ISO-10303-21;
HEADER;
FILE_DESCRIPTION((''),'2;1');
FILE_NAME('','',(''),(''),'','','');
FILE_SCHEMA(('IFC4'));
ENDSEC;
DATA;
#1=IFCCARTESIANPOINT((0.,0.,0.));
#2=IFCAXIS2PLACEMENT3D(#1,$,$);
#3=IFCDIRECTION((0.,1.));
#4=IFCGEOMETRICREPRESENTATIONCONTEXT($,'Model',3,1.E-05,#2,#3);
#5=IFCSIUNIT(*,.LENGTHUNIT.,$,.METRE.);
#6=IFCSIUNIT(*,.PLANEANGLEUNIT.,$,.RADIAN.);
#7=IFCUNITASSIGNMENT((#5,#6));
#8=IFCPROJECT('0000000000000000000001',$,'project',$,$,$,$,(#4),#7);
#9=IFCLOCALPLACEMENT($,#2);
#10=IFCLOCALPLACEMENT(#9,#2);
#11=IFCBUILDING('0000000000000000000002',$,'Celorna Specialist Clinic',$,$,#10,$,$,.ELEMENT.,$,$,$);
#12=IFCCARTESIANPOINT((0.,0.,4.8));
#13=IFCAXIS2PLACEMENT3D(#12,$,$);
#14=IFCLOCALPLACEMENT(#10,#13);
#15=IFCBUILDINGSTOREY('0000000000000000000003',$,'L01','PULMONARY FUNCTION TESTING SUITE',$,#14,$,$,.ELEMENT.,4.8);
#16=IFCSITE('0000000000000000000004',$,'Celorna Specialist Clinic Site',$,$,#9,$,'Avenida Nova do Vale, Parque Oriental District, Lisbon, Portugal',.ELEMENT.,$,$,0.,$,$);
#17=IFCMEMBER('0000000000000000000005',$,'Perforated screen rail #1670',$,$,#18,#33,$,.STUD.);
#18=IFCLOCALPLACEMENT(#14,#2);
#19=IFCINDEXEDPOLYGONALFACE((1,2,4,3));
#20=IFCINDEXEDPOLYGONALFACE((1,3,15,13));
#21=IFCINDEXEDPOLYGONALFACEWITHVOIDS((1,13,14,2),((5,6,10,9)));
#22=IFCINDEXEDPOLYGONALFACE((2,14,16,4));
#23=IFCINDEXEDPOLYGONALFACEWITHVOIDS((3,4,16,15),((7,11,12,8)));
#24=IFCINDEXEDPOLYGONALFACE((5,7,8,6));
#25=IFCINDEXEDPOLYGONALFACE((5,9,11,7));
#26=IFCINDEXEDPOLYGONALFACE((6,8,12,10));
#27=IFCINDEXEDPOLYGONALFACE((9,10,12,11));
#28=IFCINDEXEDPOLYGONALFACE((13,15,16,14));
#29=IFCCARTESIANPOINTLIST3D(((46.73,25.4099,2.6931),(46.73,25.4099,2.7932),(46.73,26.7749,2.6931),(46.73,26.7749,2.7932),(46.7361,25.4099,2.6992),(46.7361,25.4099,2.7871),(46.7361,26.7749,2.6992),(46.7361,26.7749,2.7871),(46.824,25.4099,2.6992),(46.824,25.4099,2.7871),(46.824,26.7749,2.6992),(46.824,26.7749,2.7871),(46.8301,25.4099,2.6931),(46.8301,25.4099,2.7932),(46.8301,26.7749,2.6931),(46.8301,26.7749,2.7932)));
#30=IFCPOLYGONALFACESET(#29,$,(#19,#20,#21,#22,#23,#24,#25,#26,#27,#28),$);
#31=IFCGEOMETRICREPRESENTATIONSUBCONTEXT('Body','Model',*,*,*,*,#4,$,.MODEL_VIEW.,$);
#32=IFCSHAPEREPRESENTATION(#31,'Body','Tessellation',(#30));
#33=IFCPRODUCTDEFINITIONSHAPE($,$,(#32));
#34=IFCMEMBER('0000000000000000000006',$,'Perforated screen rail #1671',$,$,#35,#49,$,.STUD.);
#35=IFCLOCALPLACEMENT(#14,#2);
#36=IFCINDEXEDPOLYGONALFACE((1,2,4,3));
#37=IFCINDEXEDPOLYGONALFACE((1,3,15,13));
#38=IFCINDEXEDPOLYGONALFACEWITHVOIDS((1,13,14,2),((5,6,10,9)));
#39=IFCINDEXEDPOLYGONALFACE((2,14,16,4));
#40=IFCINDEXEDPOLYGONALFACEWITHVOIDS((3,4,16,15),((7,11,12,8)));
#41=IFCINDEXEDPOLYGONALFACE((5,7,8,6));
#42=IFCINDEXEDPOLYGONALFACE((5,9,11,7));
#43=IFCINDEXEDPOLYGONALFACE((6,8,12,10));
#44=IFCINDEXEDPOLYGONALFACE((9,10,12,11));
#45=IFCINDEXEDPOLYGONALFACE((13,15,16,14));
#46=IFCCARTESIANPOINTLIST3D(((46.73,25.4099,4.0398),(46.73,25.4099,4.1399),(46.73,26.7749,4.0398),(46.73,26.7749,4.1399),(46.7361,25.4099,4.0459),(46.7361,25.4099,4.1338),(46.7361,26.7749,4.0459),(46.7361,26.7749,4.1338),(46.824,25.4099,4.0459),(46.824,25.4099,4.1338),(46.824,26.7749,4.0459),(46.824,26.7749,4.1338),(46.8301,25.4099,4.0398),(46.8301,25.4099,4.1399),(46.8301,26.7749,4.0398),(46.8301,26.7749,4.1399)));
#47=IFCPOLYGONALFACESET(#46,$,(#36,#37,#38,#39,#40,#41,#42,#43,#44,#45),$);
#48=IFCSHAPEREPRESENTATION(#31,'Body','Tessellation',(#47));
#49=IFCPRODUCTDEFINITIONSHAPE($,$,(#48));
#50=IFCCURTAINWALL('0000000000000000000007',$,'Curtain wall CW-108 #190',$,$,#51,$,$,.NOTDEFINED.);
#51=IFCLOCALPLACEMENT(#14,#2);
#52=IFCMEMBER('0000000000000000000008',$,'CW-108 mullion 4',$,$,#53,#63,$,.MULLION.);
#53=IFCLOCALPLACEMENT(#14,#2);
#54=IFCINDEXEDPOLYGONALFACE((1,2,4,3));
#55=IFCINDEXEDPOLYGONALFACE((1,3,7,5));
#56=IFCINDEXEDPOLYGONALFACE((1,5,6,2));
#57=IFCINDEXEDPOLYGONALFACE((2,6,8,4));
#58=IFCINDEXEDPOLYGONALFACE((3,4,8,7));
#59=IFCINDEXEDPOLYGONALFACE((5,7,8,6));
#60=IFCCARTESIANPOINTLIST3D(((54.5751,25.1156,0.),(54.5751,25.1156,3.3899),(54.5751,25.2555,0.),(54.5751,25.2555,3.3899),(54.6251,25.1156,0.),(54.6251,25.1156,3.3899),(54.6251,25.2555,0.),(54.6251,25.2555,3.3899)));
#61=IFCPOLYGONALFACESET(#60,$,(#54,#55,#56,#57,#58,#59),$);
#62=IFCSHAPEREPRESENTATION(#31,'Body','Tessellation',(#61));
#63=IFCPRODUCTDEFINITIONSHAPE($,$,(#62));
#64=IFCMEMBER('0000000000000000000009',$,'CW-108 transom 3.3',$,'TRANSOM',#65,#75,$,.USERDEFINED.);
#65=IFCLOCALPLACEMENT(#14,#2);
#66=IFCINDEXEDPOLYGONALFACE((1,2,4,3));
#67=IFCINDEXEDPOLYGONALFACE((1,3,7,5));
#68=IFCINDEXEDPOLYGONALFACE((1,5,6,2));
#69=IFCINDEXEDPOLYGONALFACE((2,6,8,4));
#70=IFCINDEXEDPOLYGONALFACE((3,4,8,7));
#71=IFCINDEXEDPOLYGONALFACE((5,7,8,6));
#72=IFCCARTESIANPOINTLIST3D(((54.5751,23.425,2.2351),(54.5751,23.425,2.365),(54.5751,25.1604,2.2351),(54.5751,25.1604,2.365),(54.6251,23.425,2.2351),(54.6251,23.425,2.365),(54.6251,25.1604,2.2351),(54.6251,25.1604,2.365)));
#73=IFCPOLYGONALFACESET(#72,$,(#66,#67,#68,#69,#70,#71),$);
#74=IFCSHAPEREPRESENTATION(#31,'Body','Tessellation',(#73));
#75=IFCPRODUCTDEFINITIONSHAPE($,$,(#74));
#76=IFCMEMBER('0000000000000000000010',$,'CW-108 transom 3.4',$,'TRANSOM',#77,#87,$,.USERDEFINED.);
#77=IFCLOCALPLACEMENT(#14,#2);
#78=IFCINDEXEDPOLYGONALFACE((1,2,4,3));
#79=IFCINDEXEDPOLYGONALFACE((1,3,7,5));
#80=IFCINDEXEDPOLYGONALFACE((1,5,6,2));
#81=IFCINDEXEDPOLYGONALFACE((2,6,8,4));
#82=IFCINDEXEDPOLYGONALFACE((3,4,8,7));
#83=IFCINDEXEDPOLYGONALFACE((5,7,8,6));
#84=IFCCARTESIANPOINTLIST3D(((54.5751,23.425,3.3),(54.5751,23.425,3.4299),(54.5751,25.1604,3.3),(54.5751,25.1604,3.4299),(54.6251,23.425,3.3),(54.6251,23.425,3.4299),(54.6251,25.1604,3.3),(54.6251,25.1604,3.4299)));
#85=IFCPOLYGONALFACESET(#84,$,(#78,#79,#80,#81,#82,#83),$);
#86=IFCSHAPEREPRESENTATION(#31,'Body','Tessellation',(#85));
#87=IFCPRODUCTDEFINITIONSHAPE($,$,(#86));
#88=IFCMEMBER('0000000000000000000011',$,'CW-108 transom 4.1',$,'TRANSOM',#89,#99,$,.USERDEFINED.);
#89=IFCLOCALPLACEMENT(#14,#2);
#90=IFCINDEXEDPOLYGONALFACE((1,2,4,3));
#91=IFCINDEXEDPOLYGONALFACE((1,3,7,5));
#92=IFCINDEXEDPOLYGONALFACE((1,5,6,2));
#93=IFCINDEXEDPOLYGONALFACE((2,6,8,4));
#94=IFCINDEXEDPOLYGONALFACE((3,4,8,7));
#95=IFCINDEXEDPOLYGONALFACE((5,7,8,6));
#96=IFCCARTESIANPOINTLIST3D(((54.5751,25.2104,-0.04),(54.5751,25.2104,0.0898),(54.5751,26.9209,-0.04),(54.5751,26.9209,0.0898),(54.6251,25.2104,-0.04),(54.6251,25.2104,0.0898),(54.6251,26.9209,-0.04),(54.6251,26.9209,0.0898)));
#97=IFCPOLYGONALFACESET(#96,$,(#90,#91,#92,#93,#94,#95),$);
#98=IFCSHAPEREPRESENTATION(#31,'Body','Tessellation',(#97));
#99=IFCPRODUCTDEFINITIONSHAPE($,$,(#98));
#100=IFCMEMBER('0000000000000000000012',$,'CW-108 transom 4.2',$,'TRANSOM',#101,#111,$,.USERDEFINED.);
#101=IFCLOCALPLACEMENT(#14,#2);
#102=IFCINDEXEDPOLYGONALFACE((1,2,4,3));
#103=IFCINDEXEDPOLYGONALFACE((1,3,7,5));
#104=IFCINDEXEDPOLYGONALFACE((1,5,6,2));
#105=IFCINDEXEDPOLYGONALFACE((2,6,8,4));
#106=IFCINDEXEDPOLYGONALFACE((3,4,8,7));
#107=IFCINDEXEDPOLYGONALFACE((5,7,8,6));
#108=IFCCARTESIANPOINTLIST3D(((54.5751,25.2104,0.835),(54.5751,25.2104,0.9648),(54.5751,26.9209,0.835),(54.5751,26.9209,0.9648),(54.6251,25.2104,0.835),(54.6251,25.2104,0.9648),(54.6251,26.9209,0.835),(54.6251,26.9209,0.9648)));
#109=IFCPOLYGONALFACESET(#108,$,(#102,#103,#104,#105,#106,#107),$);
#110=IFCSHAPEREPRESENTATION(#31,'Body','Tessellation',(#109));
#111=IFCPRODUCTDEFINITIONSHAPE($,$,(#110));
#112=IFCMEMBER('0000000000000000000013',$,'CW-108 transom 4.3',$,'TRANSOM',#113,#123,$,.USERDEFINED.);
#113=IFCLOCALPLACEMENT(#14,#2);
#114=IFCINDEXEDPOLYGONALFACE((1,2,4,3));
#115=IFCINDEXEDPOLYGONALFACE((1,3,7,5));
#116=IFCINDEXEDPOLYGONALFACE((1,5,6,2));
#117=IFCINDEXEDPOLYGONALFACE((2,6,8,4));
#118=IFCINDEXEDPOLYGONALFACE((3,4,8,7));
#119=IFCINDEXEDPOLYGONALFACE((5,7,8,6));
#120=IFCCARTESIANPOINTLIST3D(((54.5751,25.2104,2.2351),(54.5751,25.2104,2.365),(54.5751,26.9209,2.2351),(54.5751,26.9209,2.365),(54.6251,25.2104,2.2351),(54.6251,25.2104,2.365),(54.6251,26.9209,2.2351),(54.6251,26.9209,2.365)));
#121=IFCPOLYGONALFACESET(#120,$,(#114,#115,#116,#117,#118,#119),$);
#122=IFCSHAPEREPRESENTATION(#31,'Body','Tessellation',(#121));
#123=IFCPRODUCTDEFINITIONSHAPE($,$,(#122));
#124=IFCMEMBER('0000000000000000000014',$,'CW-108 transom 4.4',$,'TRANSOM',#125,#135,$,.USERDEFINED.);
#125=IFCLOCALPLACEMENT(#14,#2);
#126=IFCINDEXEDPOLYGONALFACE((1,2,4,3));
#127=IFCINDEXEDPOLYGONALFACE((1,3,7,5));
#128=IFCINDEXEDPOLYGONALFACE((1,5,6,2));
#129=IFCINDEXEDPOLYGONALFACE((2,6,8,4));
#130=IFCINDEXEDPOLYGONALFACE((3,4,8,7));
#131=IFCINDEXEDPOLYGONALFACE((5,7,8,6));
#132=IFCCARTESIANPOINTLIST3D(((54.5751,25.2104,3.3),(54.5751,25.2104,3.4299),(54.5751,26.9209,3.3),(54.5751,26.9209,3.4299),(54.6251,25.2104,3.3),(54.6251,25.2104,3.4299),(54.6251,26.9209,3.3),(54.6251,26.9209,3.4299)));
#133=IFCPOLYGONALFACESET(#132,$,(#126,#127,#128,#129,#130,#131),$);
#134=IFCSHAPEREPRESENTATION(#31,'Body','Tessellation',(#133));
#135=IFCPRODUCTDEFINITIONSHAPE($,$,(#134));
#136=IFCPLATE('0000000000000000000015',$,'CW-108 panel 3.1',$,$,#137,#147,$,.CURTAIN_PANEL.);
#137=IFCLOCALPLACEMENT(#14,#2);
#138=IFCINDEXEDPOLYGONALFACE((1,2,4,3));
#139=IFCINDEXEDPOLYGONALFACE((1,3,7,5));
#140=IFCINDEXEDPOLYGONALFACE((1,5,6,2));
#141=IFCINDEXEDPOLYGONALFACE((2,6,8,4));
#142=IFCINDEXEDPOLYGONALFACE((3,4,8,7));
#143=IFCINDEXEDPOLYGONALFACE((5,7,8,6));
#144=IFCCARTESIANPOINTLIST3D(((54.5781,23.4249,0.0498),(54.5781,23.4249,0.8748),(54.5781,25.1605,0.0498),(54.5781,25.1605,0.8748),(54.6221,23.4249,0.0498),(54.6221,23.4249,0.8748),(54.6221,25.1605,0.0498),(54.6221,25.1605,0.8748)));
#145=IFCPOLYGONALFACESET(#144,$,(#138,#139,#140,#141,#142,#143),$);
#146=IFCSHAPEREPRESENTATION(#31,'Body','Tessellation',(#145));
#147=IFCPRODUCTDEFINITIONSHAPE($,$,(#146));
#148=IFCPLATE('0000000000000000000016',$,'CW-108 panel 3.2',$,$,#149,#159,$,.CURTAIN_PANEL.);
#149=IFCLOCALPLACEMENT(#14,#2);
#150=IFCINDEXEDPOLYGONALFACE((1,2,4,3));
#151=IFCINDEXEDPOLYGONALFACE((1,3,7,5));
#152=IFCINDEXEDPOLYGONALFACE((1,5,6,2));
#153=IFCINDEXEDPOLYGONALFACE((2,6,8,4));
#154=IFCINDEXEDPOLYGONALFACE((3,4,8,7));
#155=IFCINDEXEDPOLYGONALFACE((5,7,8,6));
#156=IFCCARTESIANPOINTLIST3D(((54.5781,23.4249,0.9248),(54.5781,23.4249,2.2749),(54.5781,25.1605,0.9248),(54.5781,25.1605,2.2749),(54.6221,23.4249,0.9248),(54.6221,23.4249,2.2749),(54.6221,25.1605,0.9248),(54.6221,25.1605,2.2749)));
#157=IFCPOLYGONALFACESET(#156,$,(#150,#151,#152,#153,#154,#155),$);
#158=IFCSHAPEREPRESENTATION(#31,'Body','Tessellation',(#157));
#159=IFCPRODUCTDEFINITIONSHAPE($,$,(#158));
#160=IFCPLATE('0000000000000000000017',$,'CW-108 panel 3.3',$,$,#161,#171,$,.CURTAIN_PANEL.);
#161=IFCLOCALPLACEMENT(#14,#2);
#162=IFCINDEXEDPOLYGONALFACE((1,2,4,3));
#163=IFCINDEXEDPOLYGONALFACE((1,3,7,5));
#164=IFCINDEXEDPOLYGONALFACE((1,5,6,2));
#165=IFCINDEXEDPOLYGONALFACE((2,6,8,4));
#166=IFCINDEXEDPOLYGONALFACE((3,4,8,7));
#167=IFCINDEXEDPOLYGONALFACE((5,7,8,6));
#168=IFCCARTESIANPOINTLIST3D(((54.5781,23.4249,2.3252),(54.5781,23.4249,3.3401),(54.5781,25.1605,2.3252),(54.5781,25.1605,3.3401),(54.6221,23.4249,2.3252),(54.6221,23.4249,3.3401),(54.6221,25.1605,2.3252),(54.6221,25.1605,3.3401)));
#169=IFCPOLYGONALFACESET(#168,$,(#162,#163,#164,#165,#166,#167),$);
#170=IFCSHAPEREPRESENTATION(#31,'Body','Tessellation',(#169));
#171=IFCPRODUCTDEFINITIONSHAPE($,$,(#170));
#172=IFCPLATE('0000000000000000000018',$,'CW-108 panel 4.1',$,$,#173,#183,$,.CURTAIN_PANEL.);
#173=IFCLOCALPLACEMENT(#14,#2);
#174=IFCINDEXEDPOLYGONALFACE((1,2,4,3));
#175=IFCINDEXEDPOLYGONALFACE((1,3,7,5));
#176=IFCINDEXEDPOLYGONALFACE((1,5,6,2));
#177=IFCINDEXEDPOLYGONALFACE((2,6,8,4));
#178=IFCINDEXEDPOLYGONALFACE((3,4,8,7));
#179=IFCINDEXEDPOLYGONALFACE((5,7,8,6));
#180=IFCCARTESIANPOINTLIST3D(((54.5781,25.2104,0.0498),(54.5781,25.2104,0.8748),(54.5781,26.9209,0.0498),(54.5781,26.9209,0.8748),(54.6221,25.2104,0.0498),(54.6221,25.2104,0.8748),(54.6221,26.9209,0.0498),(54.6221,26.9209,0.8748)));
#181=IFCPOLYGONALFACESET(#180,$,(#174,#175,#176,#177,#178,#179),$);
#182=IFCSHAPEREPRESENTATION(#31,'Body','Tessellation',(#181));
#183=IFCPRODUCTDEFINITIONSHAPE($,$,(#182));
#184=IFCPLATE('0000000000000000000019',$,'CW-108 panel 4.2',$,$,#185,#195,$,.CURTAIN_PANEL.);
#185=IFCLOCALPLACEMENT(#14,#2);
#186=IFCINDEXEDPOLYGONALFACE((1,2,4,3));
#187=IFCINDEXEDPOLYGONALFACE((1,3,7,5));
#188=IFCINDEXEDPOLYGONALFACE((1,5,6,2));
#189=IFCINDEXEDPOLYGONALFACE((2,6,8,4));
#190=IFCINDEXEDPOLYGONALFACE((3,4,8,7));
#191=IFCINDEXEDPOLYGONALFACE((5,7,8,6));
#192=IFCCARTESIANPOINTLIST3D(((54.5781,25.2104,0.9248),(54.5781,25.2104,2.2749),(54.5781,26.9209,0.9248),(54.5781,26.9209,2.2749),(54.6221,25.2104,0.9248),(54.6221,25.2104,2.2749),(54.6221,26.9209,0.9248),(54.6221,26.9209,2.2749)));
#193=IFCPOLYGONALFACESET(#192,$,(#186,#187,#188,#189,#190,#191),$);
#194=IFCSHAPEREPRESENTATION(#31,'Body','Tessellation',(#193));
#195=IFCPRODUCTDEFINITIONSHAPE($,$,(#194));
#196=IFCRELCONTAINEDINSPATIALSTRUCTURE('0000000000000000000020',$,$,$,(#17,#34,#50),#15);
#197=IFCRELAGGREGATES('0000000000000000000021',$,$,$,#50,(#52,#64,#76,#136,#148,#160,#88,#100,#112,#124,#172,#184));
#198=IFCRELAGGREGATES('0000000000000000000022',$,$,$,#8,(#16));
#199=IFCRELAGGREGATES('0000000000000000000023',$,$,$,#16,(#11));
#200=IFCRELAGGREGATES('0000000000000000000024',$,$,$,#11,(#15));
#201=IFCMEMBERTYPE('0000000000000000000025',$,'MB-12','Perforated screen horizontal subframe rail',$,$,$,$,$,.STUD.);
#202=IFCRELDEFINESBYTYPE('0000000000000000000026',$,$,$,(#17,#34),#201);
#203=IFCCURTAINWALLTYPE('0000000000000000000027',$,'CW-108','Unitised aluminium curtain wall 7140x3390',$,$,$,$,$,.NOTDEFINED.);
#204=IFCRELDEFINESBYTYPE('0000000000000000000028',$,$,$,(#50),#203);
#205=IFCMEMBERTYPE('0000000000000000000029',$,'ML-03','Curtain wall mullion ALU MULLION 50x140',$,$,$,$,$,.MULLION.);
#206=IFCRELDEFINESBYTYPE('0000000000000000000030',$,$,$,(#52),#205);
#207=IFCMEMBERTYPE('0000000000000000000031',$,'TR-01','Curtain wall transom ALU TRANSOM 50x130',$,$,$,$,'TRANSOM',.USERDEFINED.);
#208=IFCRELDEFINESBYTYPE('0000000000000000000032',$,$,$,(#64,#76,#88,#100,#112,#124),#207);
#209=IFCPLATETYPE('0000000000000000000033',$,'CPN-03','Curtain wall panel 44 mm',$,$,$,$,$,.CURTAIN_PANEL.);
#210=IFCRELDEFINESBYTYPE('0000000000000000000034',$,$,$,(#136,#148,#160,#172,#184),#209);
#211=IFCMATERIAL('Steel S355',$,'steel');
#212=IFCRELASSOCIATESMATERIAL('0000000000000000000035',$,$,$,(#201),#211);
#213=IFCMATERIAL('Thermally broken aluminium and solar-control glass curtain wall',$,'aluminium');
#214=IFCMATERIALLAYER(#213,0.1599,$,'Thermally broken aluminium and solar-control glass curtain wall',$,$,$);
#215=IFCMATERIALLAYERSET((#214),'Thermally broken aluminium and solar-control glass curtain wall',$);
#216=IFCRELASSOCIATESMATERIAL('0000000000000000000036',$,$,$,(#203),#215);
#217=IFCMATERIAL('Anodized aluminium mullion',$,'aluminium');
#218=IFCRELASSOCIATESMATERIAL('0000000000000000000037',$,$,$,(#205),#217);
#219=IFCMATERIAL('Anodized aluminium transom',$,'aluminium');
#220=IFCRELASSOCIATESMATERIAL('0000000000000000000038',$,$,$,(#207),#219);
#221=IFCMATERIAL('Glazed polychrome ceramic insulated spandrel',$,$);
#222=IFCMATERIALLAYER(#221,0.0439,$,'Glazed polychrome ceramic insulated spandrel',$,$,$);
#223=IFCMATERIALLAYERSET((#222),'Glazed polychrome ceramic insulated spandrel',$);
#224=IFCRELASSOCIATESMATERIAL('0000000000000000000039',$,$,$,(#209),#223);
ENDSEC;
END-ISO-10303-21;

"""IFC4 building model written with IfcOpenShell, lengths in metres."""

from ifc_helpers import new_model, si_unit, direction, frame, origin, origin_2d, place, context, subcontext, project, spatial, rectangle, hollow_rectangle, extrude, material, layer, layer_set, material_profile, profile_set, type_object, element, aggregate, save


model = new_model("IFC4")

# Units and contexts
model_context = context("Model", 3, precision=1e-05, world=origin(), true_north=direction((0.0, 1.0)))
body_context = subcontext(model_context, "Body", "Model", "MODEL_VIEW")
ifc_project = project(units=[si_unit("LENGTHUNIT", "METRE"), si_unit("PLANEANGLEUNIT", "RADIAN")], contexts=[model_context])

# Site, building, storey
site_placement = place(None, origin())
site = spatial("IfcSite", under=ifc_project, at=site_placement, Name="Celorna Specialist Clinic Site", LongName="Avenida Nova do Vale, Parque Oriental District, Lisbon, Portugal", CompositionType="ELEMENT", RefElevation=0.0)
building_placement = place(site_placement, origin())
building = spatial("IfcBuilding", under=site, at=building_placement, Name="Celorna Specialist Clinic", CompositionType="ELEMENT")
storey_placement = place(building_placement, frame((0.0, 0.0, 4.8)))
storey = spatial("IfcBuildingStorey", under=building, at=storey_placement, Name="L01", Description="PULMONARY FUNCTION TESTING SUITE", CompositionType="ELEMENT", Elevation=4.8)

# Shared definitions
ifc_material_1 = material(Name="Steel S355", Category="steel")

# Members
ifc_material_profile_1 = material_profile(ifc_material_1, hollow_rectangle(XDim=0.1001, YDim=0.1001, WallThickness=0.0061, at=origin_2d()), Name="SHS 100x100x6")
ifc_profile_set_1 = profile_set([ifc_material_profile_1], Name="Steel S355")
member_type_1 = type_object("IfcMemberType", Name="MB-12", Description="Perforated screen horizontal subframe rail", PredefinedType="STUD", material=ifc_profile_set_1)
for number, where, z_axis, x_axis, name in (
    (1, (46.78, 25.4099, 2.7432), (0.0, 1.0, 0.0), (-1.0, 0.0, 0.0), "Perforated screen rail #1670"),
    (2, (46.78, 25.4099, 4.0898), (0.0, 1.0, 0.0), (-1.0, 0.0, 0.0), "Perforated screen rail #1671"),
):
    element("IfcMember", number, at=place(storey_placement, frame(where, z_axis=z_axis, x_axis=x_axis)), inside=storey, type_object=member_type_1, Name=name, PredefinedType="STUD", context=body_context, shape_type="SweptSolid", body=[
        extrude(hollow_rectangle(XDim=0.1001, YDim=0.1001, WallThickness=0.0061, at=origin_2d()), origin(), (0.0, 0.0, 1.0), 1.365),
    ])

# Curtain wall, members, plates
ifc_material_2 = material(Name="Thermally broken aluminium and solar-control glass curtain wall", Category="aluminium")
ifc_layer_1 = layer(ifc_material_2, 0.1599, Name="Thermally broken aluminium and solar-control glass curtain wall")
ifc_layer_set_1 = layer_set([ifc_layer_1], Name="Thermally broken aluminium and solar-control glass curtain wall")
curtain_wall_type = type_object("IfcCurtainWallType", Name="CW-108", Description="Unitised aluminium curtain wall 7140x3390", PredefinedType="NOTDEFINED", material=ifc_layer_set_1)
curtain_wall_placement = place(storey_placement, origin())
curtain_wall = element("IfcCurtainWall", 3, at=curtain_wall_placement, inside=storey, type_object=curtain_wall_type, Name="Curtain wall CW-108 #190", PredefinedType="NOTDEFINED")
ifc_material_3 = material(Name="Anodized aluminium mullion", Category="aluminium")
ifc_material_profile_2 = material_profile(ifc_material_3, rectangle(XDim=0.05, YDim=0.1399, at=origin_2d()), Name="ALU MULLION 50x140")
ifc_profile_set_2 = profile_set([ifc_material_profile_2], Name="Anodized aluminium mullion")
member_type_2 = type_object("IfcMemberType", Name="ML-03", Description="Curtain wall mullion ALU MULLION 50x140", PredefinedType="MULLION", material=ifc_profile_set_2)
member_1_placement = place(storey_placement, frame((54.6001, 25.1855, 0.0), z_axis=(0.0, 0.0, 1.0), x_axis=(-1.0, 0.0, 0.0)))
member_1 = element("IfcMember", 4, at=member_1_placement, type_object=member_type_2, Name="CW-108 mullion 4", PredefinedType="MULLION", context=body_context, shape_type="SweptSolid", body=[
    extrude(rectangle(XDim=0.05, YDim=0.1399, at=origin_2d()), origin(), (0.0, 0.0, 1.0), 3.3899),
])
ifc_material_4 = material(Name="Anodized aluminium transom", Category="aluminium")
ifc_material_profile_3 = material_profile(ifc_material_4, rectangle(XDim=0.05, YDim=0.1299, at=origin_2d()), Name="ALU TRANSOM 50x130")
ifc_profile_set_3 = profile_set([ifc_material_profile_3], Name="Anodized aluminium transom")
member_type_3 = type_object("IfcMemberType", Name="TR-01", Description="Curtain wall transom ALU TRANSOM 50x130", ElementType="TRANSOM", PredefinedType="USERDEFINED", material=ifc_profile_set_3)
member_2_placement = place(storey_placement, frame((54.6001, 23.425, 2.3), z_axis=(0.0, 1.0, 0.0), x_axis=(-1.0, 0.0, 0.0)))
member_2 = element("IfcMember", 5, at=member_2_placement, type_object=member_type_3, Name="CW-108 transom 3.3", ObjectType="TRANSOM", PredefinedType="USERDEFINED", context=body_context, shape_type="SweptSolid", body=[
    extrude(rectangle(XDim=0.05, YDim=0.1299, at=origin_2d()), origin(), (0.0, 0.0, 1.0), 1.7354),
])
member_3_placement = place(storey_placement, frame((54.6001, 23.425, 3.365), z_axis=(0.0, 1.0, 0.0), x_axis=(-1.0, 0.0, 0.0)))
member_3 = element("IfcMember", 6, at=member_3_placement, type_object=member_type_3, Name="CW-108 transom 3.4", ObjectType="TRANSOM", PredefinedType="USERDEFINED", context=body_context, shape_type="SweptSolid", body=[
    extrude(rectangle(XDim=0.05, YDim=0.1299, at=origin_2d()), origin(), (0.0, 0.0, 1.0), 1.7354),
])
member_4_placement = place(storey_placement, frame((54.6001, 25.2104, 0.0249), z_axis=(0.0, 1.0, 0.0), x_axis=(-1.0, 0.0, 0.0)))
member_4 = element("IfcMember", 7, at=member_4_placement, type_object=member_type_3, Name="CW-108 transom 4.1", ObjectType="TRANSOM", PredefinedType="USERDEFINED", context=body_context, shape_type="SweptSolid", body=[
    extrude(rectangle(XDim=0.05, YDim=0.1299, at=origin_2d()), origin(), (0.0, 0.0, 1.0), 1.7104),
])
member_5_placement = place(storey_placement, frame((54.6001, 25.2104, 0.8999), z_axis=(0.0, 1.0, 0.0), x_axis=(-1.0, 0.0, 0.0)))
member_5 = element("IfcMember", 8, at=member_5_placement, type_object=member_type_3, Name="CW-108 transom 4.2", ObjectType="TRANSOM", PredefinedType="USERDEFINED", context=body_context, shape_type="SweptSolid", body=[
    extrude(rectangle(XDim=0.05, YDim=0.1299, at=origin_2d()), origin(), (0.0, 0.0, 1.0), 1.7104),
])
member_6_placement = place(storey_placement, frame((54.6001, 25.2104, 2.3), z_axis=(0.0, 1.0, 0.0), x_axis=(-1.0, 0.0, 0.0)))
member_6 = element("IfcMember", 9, at=member_6_placement, type_object=member_type_3, Name="CW-108 transom 4.3", ObjectType="TRANSOM", PredefinedType="USERDEFINED", context=body_context, shape_type="SweptSolid", body=[
    extrude(rectangle(XDim=0.05, YDim=0.1299, at=origin_2d()), origin(), (0.0, 0.0, 1.0), 1.7104),
])
member_7_placement = place(storey_placement, frame((54.6001, 25.2104, 3.365), z_axis=(0.0, 1.0, 0.0), x_axis=(-1.0, 0.0, 0.0)))
member_7 = element("IfcMember", 10, at=member_7_placement, type_object=member_type_3, Name="CW-108 transom 4.4", ObjectType="TRANSOM", PredefinedType="USERDEFINED", context=body_context, shape_type="SweptSolid", body=[
    extrude(rectangle(XDim=0.05, YDim=0.1299, at=origin_2d()), origin(), (0.0, 0.0, 1.0), 1.7104),
])
ifc_material_5 = material(Name="Glazed polychrome ceramic insulated spandrel")
ifc_layer_2 = layer(ifc_material_5, 0.0439, Name="Glazed polychrome ceramic insulated spandrel")
ifc_layer_set_2 = layer_set([ifc_layer_2], Name="Glazed polychrome ceramic insulated spandrel")
plate_type_1 = type_object("IfcPlateType", Name="CPN-03", Description="Curtain wall panel 44 mm", PredefinedType="CURTAIN_PANEL", material=ifc_layer_set_2)
plate_1_placement = place(storey_placement, frame((54.6001, 24.2927, 0.0498), z_axis=(0.0, 0.0, 1.0), x_axis=(0.0, 1.0, 0.0)))
plate_1 = element("IfcPlate", 11, at=plate_1_placement, type_object=plate_type_1, Name="CW-108 panel 3.1", PredefinedType="CURTAIN_PANEL", context=body_context, shape_type="SweptSolid", body=[
    extrude(rectangle(XDim=1.7356, YDim=0.0439, at=origin_2d()), origin(), (0.0, 0.0, 1.0), 0.825),
])
plate_2_placement = place(storey_placement, frame((54.6001, 24.2927, 0.9248), z_axis=(0.0, 0.0, 1.0), x_axis=(0.0, 1.0, 0.0)))
plate_2 = element("IfcPlate", 12, at=plate_2_placement, type_object=plate_type_1, Name="CW-108 panel 3.2", PredefinedType="CURTAIN_PANEL", context=body_context, shape_type="SweptSolid", body=[
    extrude(rectangle(XDim=1.7356, YDim=0.0439, at=origin_2d()), origin(), (0.0, 0.0, 1.0), 1.3501),
])
plate_3_placement = place(storey_placement, frame((54.6001, 24.2927, 2.3252), z_axis=(0.0, 0.0, 1.0), x_axis=(0.0, 1.0, 0.0)))
plate_3 = element("IfcPlate", 13, at=plate_3_placement, type_object=plate_type_1, Name="CW-108 panel 3.3", PredefinedType="CURTAIN_PANEL", context=body_context, shape_type="SweptSolid", body=[
    extrude(rectangle(XDim=1.7356, YDim=0.0439, at=origin_2d()), origin(), (0.0, 0.0, 1.0), 1.0149),
])
plate_4_placement = place(storey_placement, frame((54.6001, 26.0657, 0.0498), z_axis=(0.0, 0.0, 1.0), x_axis=(0.0, 1.0, 0.0)))
plate_4 = element("IfcPlate", 14, at=plate_4_placement, type_object=plate_type_1, Name="CW-108 panel 4.1", PredefinedType="CURTAIN_PANEL", context=body_context, shape_type="SweptSolid", body=[
    extrude(rectangle(XDim=1.7104, YDim=0.0439, at=origin_2d()), origin(), (0.0, 0.0, 1.0), 0.825),
])
plate_5_placement = place(storey_placement, frame((54.6001, 26.0657, 0.9248), z_axis=(0.0, 0.0, 1.0), x_axis=(0.0, 1.0, 0.0)))
plate_5 = element("IfcPlate", 15, at=plate_5_placement, type_object=plate_type_1, Name="CW-108 panel 4.2", PredefinedType="CURTAIN_PANEL", context=body_context, shape_type="SweptSolid", body=[
    extrude(rectangle(XDim=1.7104, YDim=0.0439, at=origin_2d()), origin(), (0.0, 0.0, 1.0), 1.3501),
])
aggregate(curtain_wall, [member_1, member_2, member_3, plate_1, plate_2, plate_3, member_4, member_5, member_6, member_7, plate_4, plate_5])

save(model, "model.ifc")
